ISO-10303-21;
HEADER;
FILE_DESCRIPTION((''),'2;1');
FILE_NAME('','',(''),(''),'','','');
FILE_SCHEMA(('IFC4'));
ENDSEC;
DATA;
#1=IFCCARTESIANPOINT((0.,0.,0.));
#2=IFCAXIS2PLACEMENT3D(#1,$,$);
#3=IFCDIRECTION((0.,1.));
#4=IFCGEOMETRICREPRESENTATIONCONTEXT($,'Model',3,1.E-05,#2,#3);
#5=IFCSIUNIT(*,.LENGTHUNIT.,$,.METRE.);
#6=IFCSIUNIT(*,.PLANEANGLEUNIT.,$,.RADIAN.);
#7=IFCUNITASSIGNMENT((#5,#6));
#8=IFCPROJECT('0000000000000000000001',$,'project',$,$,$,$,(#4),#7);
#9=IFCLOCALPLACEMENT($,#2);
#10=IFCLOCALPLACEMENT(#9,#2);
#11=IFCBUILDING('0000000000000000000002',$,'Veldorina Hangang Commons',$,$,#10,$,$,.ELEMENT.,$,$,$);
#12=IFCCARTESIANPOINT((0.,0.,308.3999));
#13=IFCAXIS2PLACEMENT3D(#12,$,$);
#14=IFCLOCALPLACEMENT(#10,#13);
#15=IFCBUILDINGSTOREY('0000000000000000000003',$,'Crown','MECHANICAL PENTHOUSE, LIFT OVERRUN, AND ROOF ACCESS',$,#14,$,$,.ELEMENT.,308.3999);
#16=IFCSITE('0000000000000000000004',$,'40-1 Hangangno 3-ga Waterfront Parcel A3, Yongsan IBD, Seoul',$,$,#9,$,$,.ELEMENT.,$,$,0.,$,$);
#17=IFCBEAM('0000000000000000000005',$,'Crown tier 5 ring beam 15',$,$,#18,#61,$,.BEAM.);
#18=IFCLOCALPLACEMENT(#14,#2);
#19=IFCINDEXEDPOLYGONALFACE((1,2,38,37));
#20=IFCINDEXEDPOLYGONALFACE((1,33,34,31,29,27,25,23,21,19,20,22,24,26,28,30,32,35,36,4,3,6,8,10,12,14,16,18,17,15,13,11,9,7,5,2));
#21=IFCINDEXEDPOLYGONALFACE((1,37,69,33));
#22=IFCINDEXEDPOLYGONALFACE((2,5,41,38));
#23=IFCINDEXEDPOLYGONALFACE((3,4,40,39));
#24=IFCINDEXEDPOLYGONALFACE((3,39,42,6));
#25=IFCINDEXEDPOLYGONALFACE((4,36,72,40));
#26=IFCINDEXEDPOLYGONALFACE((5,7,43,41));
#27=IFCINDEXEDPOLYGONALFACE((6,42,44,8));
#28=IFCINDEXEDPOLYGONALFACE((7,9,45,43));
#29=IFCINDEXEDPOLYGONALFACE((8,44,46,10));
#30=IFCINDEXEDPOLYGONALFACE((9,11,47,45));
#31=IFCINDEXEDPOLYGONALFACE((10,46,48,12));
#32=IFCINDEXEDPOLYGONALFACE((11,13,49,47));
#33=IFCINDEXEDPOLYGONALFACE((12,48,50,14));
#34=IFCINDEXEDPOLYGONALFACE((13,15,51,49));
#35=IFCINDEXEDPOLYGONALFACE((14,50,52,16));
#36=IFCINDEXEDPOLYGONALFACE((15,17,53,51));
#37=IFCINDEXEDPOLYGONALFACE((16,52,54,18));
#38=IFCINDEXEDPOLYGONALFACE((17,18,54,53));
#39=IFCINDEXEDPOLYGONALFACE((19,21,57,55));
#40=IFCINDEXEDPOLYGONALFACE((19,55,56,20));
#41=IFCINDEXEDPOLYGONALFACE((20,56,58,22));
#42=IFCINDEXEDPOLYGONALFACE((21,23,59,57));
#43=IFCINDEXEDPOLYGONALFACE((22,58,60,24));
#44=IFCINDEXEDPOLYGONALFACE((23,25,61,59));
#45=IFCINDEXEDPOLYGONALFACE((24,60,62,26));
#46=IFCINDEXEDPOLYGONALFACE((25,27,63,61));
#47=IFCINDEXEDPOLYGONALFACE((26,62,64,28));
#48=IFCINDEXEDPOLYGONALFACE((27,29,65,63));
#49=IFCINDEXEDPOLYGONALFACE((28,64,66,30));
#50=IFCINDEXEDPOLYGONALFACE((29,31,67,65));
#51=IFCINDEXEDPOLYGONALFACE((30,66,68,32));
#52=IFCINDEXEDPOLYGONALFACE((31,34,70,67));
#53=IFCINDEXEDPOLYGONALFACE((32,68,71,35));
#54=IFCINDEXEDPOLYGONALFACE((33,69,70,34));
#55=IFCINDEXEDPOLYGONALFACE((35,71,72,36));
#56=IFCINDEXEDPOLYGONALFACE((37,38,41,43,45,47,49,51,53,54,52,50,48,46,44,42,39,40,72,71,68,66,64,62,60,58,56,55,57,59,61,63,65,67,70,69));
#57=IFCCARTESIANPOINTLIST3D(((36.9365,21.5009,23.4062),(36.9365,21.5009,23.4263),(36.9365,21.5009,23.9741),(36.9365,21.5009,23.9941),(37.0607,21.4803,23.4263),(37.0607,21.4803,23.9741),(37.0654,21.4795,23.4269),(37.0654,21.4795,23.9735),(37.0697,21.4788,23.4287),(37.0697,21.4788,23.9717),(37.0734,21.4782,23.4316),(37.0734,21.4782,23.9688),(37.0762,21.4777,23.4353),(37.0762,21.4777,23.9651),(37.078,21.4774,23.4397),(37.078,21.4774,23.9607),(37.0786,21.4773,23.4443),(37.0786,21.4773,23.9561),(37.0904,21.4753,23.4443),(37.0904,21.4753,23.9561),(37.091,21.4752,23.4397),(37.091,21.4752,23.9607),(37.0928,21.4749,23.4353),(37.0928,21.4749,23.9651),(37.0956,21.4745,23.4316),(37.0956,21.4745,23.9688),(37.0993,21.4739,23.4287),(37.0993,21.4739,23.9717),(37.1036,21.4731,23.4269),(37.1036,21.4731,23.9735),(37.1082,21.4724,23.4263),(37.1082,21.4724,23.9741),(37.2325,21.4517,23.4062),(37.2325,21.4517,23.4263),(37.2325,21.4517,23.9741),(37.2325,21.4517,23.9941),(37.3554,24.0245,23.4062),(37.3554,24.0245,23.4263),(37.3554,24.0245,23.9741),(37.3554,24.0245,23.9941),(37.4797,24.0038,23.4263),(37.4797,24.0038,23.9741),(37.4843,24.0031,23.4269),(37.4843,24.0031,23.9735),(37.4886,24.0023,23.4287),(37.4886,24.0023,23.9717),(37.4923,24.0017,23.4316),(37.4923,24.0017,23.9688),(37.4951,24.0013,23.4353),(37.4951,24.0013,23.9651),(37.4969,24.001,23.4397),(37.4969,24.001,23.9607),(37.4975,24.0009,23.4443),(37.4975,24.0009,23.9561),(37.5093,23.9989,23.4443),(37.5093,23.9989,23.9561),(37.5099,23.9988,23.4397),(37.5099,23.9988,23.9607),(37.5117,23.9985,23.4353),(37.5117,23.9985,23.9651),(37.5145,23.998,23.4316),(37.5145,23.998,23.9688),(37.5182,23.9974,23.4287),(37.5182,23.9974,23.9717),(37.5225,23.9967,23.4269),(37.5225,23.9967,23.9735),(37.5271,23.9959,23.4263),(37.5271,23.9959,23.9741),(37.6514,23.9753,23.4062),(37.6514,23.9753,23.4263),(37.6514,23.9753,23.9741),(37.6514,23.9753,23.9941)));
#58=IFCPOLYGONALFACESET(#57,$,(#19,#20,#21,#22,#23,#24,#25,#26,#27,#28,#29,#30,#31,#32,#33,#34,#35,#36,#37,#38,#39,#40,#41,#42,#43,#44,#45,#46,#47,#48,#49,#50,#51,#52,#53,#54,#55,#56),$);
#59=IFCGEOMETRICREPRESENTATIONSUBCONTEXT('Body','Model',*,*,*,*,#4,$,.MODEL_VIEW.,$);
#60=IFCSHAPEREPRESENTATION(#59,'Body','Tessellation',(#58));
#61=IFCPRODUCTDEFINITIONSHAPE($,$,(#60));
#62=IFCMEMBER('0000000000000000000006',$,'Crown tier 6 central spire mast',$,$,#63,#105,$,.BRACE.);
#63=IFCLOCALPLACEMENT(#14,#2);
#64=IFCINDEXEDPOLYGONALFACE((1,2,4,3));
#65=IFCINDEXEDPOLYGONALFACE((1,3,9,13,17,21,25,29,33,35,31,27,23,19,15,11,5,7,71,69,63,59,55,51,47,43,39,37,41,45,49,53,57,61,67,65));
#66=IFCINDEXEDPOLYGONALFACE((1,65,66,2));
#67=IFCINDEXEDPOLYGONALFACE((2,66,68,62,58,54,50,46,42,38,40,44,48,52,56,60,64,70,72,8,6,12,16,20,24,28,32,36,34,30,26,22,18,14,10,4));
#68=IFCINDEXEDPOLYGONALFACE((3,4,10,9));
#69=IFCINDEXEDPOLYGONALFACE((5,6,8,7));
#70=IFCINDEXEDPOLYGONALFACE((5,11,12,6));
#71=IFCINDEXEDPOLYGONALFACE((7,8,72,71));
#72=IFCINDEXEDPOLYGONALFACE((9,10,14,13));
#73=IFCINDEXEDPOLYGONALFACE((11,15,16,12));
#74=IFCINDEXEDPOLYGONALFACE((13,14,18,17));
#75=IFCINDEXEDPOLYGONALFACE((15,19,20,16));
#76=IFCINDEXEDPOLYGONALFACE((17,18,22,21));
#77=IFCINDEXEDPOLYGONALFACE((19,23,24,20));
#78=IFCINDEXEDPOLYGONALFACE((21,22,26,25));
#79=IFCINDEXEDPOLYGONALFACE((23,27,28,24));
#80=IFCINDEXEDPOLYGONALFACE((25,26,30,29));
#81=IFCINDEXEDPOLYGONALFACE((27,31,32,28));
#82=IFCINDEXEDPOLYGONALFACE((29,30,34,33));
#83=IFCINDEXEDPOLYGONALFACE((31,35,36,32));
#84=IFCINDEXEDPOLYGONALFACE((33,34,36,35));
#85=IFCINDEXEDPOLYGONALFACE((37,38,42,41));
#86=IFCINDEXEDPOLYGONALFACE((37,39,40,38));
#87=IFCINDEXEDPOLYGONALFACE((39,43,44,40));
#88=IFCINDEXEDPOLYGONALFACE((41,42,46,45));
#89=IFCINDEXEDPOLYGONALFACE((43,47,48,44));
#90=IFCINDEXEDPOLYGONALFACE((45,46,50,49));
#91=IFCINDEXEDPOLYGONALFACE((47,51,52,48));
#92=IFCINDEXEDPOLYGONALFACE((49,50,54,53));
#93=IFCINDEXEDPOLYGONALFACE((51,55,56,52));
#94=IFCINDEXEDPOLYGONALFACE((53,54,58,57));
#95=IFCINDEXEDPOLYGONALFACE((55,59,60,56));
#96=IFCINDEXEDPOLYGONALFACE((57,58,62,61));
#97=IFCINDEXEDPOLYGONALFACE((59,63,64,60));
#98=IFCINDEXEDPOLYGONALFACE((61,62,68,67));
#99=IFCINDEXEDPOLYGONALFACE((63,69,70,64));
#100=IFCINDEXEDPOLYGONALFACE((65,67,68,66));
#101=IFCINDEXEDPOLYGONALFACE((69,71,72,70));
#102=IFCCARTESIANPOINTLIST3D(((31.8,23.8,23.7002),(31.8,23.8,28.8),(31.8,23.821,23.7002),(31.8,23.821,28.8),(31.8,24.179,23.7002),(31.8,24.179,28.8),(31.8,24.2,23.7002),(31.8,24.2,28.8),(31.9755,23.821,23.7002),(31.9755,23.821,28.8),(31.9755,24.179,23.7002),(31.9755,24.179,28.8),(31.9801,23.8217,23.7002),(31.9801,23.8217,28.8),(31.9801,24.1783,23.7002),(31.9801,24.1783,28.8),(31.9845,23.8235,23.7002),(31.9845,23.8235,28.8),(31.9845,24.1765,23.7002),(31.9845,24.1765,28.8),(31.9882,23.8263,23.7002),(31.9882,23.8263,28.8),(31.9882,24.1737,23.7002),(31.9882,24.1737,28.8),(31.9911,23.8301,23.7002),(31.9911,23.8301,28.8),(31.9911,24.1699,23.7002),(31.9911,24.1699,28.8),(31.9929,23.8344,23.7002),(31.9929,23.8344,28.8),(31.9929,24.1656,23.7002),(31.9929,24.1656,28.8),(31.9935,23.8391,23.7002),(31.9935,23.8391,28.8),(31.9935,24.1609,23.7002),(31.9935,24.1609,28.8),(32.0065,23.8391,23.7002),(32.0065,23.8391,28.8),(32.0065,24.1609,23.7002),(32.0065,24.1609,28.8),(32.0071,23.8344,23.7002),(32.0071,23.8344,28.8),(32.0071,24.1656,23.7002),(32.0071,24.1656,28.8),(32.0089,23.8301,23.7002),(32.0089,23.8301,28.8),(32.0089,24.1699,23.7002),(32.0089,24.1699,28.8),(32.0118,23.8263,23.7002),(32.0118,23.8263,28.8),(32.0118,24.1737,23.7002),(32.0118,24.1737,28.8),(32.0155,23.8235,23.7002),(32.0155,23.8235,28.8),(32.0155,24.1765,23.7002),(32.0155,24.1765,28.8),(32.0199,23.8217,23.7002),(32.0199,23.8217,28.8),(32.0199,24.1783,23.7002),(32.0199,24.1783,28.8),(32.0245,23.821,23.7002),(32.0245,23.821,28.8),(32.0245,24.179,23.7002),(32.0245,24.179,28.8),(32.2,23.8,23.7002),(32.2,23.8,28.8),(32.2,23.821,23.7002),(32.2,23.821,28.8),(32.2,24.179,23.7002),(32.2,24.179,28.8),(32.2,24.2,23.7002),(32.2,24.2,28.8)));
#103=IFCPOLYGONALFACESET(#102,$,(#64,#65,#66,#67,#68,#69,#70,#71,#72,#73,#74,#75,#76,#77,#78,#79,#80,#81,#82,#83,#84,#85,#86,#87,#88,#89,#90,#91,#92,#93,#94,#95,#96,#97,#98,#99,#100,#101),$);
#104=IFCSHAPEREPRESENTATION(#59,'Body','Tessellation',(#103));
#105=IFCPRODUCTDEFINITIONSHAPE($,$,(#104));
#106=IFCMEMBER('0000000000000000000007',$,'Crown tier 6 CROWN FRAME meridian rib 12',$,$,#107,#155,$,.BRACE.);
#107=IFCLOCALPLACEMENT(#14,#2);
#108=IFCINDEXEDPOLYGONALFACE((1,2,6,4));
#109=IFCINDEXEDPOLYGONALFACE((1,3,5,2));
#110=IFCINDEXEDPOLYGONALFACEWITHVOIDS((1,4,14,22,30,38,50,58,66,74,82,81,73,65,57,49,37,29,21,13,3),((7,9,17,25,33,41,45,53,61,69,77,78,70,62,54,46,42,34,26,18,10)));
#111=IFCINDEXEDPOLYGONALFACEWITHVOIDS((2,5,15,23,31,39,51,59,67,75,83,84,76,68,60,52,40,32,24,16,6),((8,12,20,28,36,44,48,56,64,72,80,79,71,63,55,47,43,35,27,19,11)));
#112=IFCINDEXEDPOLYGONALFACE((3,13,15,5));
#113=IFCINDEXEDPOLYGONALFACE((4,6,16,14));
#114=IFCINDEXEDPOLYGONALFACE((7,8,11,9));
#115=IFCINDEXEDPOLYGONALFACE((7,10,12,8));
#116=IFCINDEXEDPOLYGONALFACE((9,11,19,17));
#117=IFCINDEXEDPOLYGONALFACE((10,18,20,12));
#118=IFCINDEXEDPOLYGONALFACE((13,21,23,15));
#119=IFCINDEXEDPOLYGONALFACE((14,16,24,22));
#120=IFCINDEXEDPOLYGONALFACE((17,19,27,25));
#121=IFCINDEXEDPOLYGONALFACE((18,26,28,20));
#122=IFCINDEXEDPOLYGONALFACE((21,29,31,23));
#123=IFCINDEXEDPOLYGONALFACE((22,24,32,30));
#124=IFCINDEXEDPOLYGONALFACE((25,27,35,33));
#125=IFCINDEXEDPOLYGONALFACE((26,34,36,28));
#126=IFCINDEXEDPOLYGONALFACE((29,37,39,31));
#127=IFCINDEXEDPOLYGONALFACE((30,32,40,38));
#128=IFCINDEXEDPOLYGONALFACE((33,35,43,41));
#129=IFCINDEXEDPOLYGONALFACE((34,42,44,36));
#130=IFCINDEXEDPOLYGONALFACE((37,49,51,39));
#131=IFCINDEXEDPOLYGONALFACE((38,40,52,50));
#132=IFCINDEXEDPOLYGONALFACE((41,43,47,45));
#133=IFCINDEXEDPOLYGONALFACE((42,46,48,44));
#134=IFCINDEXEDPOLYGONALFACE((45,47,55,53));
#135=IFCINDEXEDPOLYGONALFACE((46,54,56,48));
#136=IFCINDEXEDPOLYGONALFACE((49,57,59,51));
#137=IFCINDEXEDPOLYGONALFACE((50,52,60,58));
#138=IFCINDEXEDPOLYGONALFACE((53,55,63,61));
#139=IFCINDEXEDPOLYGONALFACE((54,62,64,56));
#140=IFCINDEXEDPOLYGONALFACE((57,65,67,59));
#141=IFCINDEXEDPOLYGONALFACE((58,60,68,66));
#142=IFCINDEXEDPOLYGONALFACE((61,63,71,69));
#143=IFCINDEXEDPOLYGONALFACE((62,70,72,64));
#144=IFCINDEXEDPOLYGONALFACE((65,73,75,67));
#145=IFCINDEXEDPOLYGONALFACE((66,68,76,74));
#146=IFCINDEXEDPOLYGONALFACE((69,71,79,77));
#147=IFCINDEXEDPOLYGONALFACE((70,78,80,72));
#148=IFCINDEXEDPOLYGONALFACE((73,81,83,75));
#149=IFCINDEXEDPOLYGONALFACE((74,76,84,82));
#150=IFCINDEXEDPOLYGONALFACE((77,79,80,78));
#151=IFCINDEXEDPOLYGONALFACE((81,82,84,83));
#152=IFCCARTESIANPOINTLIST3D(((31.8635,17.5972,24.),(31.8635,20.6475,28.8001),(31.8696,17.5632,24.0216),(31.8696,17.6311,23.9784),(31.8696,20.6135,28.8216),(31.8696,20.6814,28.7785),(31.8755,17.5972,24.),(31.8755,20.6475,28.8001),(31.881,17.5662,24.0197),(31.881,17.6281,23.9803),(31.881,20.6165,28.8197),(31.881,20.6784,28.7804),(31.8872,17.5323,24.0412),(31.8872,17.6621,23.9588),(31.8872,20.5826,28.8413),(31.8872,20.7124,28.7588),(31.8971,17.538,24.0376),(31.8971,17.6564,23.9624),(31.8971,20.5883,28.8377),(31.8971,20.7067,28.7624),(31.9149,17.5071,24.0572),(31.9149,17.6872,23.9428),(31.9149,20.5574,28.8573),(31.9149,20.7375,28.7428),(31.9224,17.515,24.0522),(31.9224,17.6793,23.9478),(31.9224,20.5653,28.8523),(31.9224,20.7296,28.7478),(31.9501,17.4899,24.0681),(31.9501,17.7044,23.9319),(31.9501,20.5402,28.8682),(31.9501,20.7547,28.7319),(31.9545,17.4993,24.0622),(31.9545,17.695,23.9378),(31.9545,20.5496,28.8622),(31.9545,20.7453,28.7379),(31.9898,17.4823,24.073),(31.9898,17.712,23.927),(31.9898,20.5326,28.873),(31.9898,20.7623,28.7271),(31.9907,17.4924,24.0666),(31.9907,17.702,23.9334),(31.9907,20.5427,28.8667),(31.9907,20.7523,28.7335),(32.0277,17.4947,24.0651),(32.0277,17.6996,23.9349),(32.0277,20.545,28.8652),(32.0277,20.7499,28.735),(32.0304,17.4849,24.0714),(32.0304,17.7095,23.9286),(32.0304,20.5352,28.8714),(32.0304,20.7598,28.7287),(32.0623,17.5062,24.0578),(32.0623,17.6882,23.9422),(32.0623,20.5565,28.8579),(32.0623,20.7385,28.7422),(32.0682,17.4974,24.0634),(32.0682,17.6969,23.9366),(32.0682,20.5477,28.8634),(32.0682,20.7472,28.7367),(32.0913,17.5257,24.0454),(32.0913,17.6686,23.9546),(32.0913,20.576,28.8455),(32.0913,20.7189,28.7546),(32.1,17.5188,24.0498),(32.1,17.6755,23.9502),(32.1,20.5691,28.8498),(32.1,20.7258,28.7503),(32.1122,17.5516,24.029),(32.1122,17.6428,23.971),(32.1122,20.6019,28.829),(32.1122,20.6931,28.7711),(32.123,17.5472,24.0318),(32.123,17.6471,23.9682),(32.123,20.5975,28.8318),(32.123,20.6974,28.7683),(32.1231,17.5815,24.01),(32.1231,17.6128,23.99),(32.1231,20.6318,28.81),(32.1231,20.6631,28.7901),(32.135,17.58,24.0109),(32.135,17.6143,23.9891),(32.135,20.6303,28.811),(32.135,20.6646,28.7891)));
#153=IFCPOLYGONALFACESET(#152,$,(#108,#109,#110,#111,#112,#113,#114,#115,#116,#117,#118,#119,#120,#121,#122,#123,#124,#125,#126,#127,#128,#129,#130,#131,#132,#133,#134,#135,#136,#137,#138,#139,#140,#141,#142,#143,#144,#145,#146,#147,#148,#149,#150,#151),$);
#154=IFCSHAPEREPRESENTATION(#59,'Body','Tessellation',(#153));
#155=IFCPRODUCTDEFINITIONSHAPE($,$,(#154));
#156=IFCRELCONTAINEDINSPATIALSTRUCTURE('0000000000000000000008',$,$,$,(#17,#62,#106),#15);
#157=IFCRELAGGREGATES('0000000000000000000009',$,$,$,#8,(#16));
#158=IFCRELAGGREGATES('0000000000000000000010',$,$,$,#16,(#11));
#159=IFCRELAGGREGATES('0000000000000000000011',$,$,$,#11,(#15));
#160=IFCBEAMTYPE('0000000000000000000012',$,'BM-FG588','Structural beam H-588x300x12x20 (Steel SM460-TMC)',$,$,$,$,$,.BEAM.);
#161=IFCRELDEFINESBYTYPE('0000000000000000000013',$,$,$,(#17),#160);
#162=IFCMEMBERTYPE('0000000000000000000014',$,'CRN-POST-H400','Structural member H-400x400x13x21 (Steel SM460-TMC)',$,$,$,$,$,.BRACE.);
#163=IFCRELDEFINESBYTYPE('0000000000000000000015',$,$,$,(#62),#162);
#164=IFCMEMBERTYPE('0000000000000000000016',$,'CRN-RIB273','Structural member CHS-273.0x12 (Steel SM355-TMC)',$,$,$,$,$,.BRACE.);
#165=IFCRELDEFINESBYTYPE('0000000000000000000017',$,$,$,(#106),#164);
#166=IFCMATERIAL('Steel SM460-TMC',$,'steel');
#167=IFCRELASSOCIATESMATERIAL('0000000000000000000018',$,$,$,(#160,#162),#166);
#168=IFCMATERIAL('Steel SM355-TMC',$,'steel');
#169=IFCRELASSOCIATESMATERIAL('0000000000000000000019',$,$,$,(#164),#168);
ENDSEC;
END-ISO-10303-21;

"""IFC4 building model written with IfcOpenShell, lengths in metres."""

from ifc_helpers import new_model, si_unit, direction, frame, origin, origin_2d, place, context, subcontext, project, spatial, hollow_circle, i_section, extrude, material, material_profile, profile_set, type_object, element, save


model = new_model("IFC4")

# Units and contexts
model_context = context("Model", 3, precision=1e-05, world=origin(), true_north=direction((0.0, 1.0)))
body_context = subcontext(model_context, "Body", "Model", "MODEL_VIEW")
ifc_project = project(units=[si_unit("LENGTHUNIT", "METRE"), si_unit("PLANEANGLEUNIT", "RADIAN")], contexts=[model_context])

# Site, building, storey
site_placement = place(None, origin())
site = spatial("IfcSite", under=ifc_project, at=site_placement, Name="40-1 Hangangno 3-ga Waterfront Parcel A3, Yongsan IBD, Seoul", CompositionType="ELEMENT", RefElevation=0.0)
building_placement = place(site_placement, origin())
building = spatial("IfcBuilding", under=site, at=building_placement, Name="Veldorina Hangang Commons", CompositionType="ELEMENT")
storey_placement = place(building_placement, frame((0.0, 0.0, 308.3999)))
storey = spatial("IfcBuildingStorey", under=building, at=storey_placement, Name="Crown", Description="MECHANICAL PENTHOUSE, LIFT OVERRUN, AND ROOF ACCESS", CompositionType="ELEMENT", Elevation=308.3999)

# Beam
ifc_material_1 = material(Name="Steel SM460-TMC", Category="steel")
ifc_material_profile_1 = material_profile(ifc_material_1, i_section(OverallWidth=0.3, OverallDepth=0.5879, WebThickness=0.012, FlangeThickness=0.02, FilletRadius=0.0181, at=origin_2d()), Name="H-588x300x12x20")
ifc_profile_set_1 = profile_set([ifc_material_profile_1], Name="Steel SM460-TMC")
beam_type = type_object("IfcBeamType", Name="BM-FG588", Description="Structural beam H-588x300x12x20 (Steel SM460-TMC)", PredefinedType="BEAM", material=ifc_profile_set_1)
beam_1_placement = place(storey_placement, frame((37.0845, 21.4763, 23.7002), z_axis=(0.163764, 0.986499, 0.0), x_axis=(-0.986499, 0.163764, 0.0)))
element("IfcBeam", 1, at=beam_1_placement, inside=storey, type_object=beam_type, Name="Crown tier 5 ring beam 15", PredefinedType="BEAM", context=body_context, shape_type="SweptSolid", body=[
    extrude(i_section(OverallWidth=0.3, OverallDepth=0.5879, WebThickness=0.012, FlangeThickness=0.02, FilletRadius=0.0181, at=origin_2d()), origin(), (0.0, 0.0, 1.0), 2.5581),
])

# Members
ifc_material_profile_2 = material_profile(ifc_material_1, i_section(OverallWidth=0.3999, OverallDepth=0.3999, WebThickness=0.0129, FlangeThickness=0.021, FilletRadius=0.0181, at=origin_2d()), Name="H-400x400x13x21")
ifc_profile_set_2 = profile_set([ifc_material_profile_2], Name="Steel SM460-TMC")
member_type_1 = type_object("IfcMemberType", Name="CRN-POST-H400", Description="Structural member H-400x400x13x21 (Steel SM460-TMC)", PredefinedType="BRACE", material=ifc_profile_set_2)
member_1_placement = place(storey_placement, frame((32.0, 24.0, 23.7002), z_axis=(0.0, 0.0, 1.0), x_axis=(1.0, 0.0, 0.0)))
element("IfcMember", 2, at=member_1_placement, inside=storey, type_object=member_type_1, Name="Crown tier 6 central spire mast", PredefinedType="BRACE", context=body_context, shape_type="SweptSolid", body=[
    extrude(i_section(OverallWidth=0.3999, OverallDepth=0.3999, WebThickness=0.0129, FlangeThickness=0.021, FilletRadius=0.0181, at=origin_2d()), origin(), (0.0, 0.0, 1.0), 5.0999),
])
ifc_material_2 = material(Name="Steel SM355-TMC", Category="steel")
ifc_material_profile_3 = material_profile(ifc_material_2, hollow_circle(Radius=0.1365, WallThickness=0.012, at=origin_2d()), Name="CHS-273.0x12")
ifc_profile_set_3 = profile_set([ifc_material_profile_3], Name="Steel SM355-TMC")
member_type_2 = type_object("IfcMemberType", Name="CRN-RIB273", Description="Structural member CHS-273.0x12 (Steel SM355-TMC)", PredefinedType="BRACE", material=ifc_profile_set_3)
member_2_placement = place(storey_placement, frame((32.0, 17.5972, 24.0), z_axis=(0.0, 0.536339, 0.844002), x_axis=(-1.0, 0.0, 0.0)))
element("IfcMember", 3, at=member_2_placement, inside=storey, type_object=member_type_2, Name="Crown tier 6 CROWN FRAME meridian rib 12", PredefinedType="BRACE", context=body_context, shape_type="SweptSolid", body=[
    extrude(hollow_circle(Radius=0.1365, WallThickness=0.012, at=origin_2d()), origin(), (0.0, 0.0, 1.0), 5.6873),
])

save(model, "model.ifc")
